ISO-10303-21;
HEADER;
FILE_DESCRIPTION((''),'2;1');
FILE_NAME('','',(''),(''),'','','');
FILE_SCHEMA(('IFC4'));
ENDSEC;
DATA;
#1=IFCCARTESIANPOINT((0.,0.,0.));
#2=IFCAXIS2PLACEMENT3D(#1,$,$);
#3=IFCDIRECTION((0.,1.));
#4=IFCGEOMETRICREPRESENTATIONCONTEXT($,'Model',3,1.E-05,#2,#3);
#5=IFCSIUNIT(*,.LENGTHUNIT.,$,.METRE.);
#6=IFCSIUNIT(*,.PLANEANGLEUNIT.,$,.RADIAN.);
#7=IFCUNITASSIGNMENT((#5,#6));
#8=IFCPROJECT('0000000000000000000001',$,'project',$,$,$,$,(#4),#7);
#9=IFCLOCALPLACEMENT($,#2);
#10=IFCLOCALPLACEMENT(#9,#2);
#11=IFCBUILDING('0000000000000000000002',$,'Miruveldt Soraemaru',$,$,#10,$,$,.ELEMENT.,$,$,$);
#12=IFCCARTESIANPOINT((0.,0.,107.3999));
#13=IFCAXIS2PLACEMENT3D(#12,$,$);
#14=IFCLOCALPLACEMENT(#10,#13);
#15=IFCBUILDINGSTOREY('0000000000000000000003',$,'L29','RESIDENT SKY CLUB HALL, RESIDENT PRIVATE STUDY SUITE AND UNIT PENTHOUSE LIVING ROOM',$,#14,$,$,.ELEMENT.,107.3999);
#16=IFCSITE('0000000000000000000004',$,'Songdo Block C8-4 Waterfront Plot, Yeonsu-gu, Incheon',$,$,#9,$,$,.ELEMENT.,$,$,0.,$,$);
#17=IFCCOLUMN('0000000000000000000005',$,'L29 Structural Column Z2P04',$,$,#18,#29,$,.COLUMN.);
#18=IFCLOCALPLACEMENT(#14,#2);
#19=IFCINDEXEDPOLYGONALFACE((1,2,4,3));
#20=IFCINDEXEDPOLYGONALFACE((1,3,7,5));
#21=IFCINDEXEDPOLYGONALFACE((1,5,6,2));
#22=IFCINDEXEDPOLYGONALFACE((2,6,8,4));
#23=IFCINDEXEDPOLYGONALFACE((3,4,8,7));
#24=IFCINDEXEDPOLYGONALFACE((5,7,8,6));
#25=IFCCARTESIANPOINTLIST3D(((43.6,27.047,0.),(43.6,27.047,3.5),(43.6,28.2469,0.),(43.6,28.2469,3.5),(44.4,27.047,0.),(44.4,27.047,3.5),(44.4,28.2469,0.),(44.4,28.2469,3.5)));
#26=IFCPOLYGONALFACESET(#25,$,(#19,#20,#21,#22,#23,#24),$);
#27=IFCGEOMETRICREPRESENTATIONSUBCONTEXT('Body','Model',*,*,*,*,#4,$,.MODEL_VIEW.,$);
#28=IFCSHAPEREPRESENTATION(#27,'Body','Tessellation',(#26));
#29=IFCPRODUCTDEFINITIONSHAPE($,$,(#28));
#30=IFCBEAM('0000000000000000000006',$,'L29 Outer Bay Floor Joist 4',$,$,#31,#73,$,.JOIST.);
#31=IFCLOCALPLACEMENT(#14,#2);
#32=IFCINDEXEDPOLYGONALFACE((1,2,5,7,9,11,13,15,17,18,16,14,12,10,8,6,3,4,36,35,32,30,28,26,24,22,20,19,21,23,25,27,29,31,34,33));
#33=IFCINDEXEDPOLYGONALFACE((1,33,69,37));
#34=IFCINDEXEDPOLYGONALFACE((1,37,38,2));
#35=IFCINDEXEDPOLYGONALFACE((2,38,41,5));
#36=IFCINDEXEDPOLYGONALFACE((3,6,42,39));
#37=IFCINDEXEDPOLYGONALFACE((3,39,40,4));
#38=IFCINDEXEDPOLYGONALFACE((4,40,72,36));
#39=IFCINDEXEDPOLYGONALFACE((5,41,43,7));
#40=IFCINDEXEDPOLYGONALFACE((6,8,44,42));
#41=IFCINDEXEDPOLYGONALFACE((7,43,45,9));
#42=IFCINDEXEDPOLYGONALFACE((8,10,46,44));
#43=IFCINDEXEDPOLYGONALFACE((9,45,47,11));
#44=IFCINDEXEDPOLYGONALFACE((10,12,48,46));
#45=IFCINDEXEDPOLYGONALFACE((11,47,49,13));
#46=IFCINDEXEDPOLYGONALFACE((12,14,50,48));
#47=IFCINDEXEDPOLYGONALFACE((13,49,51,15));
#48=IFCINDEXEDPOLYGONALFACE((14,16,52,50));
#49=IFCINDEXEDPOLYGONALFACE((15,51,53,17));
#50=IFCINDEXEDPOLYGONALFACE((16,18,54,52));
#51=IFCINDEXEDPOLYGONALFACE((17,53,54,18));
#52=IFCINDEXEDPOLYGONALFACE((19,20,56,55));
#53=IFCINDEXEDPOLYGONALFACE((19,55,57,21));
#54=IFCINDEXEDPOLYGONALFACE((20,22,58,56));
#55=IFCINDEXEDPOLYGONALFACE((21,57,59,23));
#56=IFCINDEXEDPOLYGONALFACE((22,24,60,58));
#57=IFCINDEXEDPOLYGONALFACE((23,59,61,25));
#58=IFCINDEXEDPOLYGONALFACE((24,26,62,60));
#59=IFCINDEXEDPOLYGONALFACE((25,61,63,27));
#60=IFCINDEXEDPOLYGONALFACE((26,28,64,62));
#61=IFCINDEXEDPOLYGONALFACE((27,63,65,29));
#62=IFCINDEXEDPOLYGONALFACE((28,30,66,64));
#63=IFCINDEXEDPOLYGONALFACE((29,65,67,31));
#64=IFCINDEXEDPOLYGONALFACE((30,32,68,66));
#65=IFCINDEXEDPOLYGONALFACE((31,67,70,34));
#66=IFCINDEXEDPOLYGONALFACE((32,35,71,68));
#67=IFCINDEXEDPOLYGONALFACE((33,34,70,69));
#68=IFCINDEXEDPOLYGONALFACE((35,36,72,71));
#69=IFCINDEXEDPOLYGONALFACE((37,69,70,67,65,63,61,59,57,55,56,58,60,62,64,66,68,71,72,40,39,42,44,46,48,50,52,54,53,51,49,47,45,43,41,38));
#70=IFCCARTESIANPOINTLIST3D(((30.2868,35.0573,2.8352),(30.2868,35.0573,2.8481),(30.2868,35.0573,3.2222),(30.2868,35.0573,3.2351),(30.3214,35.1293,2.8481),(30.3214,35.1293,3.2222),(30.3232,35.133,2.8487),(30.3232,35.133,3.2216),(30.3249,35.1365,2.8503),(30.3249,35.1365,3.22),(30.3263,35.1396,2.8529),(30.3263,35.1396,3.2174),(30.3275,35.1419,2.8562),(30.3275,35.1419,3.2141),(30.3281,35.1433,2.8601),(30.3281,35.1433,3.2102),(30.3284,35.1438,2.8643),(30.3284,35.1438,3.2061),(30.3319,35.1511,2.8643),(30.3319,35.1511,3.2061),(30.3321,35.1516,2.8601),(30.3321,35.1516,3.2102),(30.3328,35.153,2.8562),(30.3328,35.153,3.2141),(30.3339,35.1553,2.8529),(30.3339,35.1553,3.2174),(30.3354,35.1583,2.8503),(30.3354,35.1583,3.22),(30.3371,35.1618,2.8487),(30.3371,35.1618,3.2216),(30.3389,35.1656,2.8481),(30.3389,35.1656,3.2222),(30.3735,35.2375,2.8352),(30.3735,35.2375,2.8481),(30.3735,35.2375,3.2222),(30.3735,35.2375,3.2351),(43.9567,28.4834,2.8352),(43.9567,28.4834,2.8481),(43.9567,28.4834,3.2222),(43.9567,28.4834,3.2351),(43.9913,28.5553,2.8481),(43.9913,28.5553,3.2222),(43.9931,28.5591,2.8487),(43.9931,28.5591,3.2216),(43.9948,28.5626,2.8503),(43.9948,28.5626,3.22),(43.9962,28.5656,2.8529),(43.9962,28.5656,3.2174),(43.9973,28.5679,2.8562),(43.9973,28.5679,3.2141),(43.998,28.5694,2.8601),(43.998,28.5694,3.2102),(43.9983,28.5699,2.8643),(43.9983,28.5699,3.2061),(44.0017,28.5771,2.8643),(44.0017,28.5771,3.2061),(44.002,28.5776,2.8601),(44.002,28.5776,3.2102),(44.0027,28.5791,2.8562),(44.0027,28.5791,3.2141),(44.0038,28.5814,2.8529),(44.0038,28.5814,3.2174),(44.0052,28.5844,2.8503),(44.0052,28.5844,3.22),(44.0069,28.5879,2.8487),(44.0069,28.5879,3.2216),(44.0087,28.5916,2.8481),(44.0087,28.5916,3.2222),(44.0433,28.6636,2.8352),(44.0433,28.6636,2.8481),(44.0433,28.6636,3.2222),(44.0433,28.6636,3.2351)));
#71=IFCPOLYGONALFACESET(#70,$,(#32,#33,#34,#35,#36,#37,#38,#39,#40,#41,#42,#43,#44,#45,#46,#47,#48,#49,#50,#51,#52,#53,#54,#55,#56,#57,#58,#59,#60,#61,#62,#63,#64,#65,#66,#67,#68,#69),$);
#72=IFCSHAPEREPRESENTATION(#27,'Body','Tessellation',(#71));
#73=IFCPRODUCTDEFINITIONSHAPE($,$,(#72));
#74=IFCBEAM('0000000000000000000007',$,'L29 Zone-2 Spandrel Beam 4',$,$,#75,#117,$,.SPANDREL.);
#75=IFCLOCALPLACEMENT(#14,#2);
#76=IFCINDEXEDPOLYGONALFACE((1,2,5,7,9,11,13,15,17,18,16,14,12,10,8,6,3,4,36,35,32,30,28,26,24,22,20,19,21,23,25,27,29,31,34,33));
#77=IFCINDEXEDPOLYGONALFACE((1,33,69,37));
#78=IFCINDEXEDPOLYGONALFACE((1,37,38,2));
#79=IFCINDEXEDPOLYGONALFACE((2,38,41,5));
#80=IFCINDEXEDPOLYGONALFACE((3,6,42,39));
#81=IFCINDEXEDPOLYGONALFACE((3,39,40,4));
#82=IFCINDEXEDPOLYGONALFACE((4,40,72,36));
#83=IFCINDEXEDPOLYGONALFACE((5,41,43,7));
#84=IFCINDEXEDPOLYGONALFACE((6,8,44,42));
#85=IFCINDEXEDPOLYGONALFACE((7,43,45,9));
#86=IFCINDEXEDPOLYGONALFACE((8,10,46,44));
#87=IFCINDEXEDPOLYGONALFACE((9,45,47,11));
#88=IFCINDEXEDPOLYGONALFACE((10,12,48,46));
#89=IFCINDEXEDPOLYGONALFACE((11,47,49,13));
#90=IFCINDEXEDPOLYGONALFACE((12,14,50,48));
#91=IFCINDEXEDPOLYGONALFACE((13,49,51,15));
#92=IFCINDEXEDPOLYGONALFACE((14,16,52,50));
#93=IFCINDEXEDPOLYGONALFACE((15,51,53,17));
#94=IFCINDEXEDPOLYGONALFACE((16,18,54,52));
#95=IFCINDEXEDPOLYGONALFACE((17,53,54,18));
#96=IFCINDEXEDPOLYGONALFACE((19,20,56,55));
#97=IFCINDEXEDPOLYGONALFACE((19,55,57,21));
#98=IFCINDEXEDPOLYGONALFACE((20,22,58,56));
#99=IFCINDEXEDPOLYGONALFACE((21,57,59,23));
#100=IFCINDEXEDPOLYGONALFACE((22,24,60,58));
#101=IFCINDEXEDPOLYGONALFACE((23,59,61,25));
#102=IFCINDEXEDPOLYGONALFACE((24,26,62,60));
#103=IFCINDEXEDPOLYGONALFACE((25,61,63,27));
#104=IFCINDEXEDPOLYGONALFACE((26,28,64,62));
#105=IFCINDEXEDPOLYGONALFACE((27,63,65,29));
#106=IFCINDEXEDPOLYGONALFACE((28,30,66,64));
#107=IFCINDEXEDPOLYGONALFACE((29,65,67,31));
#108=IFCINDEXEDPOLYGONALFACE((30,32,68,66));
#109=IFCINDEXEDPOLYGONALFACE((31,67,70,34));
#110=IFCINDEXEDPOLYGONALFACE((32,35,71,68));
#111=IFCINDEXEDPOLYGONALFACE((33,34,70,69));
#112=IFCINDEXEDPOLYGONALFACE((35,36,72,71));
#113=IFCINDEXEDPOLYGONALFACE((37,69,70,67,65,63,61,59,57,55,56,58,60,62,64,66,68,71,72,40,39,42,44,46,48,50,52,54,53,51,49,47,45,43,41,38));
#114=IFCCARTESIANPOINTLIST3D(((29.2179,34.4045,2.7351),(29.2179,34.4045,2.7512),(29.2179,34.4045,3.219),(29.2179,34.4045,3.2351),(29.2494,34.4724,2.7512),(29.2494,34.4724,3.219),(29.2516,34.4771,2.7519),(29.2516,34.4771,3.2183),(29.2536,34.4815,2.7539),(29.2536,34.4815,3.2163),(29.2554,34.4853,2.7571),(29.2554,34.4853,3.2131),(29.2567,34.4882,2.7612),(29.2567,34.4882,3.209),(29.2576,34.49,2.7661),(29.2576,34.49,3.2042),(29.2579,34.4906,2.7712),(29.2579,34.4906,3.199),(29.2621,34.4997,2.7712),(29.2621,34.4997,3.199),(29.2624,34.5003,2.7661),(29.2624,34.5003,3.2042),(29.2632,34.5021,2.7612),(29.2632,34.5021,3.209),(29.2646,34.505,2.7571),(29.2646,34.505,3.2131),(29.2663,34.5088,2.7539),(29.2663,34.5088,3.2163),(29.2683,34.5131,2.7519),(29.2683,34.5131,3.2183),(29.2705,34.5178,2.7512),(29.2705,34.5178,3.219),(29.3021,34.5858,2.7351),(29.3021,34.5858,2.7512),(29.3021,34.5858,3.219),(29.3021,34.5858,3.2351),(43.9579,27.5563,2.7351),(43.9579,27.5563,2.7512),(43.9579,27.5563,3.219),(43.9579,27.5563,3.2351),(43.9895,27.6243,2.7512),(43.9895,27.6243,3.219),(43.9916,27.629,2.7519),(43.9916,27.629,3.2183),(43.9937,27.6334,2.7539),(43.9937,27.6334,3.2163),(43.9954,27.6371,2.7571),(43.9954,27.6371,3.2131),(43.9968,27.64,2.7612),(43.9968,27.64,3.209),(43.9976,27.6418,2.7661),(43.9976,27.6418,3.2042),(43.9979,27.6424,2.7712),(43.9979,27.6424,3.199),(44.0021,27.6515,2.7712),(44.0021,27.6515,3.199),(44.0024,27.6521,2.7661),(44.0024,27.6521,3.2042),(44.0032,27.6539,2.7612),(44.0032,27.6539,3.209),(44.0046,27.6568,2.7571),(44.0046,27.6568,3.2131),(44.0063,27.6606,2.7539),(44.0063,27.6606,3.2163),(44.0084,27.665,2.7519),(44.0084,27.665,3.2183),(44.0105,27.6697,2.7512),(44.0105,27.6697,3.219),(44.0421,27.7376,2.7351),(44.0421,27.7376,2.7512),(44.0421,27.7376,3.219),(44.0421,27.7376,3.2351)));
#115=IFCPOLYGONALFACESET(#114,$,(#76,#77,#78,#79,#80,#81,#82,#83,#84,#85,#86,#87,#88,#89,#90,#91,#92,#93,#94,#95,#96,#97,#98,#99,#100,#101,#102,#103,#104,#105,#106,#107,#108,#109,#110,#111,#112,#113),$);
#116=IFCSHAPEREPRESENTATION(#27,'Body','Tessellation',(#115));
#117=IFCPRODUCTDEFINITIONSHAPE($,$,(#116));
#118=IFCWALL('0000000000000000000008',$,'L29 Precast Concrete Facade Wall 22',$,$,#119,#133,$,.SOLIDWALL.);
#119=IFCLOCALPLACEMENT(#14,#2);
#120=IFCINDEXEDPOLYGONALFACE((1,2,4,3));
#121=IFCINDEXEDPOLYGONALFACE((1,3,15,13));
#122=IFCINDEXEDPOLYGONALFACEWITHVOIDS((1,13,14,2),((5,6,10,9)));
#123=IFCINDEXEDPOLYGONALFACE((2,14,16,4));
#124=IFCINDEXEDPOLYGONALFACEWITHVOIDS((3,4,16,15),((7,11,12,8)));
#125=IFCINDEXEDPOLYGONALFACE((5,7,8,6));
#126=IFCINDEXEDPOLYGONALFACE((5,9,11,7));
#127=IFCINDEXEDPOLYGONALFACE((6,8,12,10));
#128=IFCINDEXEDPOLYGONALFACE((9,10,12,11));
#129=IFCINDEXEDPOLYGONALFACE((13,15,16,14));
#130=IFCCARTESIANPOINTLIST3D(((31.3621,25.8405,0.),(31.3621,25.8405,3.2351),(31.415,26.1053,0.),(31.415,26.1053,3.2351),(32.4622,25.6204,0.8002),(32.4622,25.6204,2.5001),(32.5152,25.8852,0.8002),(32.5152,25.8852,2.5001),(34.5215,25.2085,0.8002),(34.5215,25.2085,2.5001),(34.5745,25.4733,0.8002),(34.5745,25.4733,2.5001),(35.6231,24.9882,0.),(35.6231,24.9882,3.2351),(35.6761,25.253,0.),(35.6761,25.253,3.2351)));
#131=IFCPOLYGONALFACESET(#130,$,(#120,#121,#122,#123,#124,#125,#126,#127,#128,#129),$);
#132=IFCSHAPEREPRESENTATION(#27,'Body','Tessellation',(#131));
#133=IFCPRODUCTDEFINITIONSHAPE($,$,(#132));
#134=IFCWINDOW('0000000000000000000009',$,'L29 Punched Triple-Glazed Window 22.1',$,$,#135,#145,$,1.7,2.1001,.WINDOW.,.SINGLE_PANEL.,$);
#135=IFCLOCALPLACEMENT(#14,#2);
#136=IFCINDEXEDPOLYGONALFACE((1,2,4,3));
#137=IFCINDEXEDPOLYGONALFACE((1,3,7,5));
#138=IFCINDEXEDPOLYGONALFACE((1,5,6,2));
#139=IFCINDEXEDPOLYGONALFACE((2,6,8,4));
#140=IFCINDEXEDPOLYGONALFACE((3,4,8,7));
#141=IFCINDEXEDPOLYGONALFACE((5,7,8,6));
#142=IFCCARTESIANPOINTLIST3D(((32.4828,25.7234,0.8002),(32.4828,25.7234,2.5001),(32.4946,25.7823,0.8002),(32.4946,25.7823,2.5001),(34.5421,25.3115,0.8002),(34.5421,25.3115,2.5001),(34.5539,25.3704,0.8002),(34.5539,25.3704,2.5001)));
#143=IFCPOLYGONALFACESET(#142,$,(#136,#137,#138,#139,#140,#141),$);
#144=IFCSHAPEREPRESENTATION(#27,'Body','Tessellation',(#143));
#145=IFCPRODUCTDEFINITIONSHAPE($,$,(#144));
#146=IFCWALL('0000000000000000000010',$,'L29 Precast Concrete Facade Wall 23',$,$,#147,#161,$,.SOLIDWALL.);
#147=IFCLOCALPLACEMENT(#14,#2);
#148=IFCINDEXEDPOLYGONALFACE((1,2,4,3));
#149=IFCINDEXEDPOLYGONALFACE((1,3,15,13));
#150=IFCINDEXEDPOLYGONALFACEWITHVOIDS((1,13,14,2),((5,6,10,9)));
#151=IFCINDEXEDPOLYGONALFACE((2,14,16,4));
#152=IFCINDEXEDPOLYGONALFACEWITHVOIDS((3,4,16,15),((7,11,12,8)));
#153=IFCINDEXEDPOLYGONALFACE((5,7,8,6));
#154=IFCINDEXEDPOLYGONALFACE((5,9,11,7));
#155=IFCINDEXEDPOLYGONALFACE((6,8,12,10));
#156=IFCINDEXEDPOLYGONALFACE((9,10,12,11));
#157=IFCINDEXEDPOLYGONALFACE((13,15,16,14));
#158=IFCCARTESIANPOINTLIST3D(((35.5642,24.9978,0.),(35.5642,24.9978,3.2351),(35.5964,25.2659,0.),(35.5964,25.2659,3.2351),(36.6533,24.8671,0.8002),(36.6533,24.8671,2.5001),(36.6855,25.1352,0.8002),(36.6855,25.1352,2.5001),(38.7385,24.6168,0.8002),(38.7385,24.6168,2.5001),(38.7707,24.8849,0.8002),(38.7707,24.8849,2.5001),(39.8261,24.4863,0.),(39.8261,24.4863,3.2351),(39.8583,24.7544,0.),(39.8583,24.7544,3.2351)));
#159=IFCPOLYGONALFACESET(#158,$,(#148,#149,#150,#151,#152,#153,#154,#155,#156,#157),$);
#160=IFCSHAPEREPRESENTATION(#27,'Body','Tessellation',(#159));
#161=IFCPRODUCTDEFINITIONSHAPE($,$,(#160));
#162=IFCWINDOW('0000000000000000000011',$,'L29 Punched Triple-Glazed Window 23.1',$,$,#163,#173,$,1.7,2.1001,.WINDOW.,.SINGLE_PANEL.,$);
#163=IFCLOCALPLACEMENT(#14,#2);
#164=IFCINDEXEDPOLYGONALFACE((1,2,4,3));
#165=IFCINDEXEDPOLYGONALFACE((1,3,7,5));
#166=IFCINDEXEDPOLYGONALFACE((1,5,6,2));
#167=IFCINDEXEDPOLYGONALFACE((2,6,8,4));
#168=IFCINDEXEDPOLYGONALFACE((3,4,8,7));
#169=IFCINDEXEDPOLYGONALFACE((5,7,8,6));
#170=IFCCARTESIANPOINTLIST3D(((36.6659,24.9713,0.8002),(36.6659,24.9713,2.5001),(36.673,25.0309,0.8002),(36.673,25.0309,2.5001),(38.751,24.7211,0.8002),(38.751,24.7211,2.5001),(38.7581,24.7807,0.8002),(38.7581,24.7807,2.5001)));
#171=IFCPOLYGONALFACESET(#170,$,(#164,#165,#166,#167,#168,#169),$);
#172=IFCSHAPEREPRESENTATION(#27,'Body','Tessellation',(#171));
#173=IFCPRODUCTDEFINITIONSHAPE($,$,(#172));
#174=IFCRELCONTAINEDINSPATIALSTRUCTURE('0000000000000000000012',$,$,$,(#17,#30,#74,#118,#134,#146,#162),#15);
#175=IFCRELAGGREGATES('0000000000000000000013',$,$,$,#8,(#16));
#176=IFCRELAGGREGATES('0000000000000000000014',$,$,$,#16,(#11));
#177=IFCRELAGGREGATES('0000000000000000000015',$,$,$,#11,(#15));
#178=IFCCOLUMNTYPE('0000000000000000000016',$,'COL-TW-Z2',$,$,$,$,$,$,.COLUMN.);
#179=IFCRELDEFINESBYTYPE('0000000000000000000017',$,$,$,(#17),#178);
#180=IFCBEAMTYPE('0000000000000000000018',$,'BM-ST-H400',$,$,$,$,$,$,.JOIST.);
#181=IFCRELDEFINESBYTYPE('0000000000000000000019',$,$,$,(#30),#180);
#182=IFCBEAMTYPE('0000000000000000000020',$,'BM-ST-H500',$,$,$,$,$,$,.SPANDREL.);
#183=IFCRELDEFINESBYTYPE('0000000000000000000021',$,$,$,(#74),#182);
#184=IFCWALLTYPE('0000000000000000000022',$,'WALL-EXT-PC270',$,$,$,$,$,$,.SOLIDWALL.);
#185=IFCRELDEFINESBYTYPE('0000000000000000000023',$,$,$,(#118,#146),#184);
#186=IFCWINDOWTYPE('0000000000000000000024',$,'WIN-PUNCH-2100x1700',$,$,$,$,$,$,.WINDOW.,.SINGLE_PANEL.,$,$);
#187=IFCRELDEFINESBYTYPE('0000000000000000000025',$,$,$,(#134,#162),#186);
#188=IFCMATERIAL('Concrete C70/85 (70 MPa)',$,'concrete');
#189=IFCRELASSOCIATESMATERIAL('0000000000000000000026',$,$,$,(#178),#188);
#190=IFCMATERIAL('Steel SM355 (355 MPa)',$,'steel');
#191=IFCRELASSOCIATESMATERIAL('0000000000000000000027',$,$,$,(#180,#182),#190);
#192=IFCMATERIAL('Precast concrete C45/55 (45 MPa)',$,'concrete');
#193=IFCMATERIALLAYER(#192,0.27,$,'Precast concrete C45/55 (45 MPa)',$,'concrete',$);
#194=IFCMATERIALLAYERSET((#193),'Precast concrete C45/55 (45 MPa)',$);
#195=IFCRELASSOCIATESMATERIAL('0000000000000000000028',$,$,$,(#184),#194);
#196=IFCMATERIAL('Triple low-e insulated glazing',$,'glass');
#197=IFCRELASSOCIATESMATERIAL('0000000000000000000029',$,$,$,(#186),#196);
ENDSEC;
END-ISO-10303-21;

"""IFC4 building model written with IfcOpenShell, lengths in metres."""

from ifc_helpers import new_model, si_unit, direction, frame, frame_2d, origin, origin_2d, place, context, subcontext, project, spatial, rectangle, i_section, extrude, material, layer, layer_set, material_profile, profile_set, type_object, element, fill, save


model = new_model("IFC4")

# Units and contexts
model_context = context("Model", 3, precision=1e-05, world=origin(), true_north=direction((0.0, 1.0)))
body_context = subcontext(model_context, "Body", "Model", "MODEL_VIEW")
ifc_project = project(units=[si_unit("LENGTHUNIT", "METRE"), si_unit("PLANEANGLEUNIT", "RADIAN")], contexts=[model_context])

# Site, building, storey
site_placement = place(None, origin())
site = spatial("IfcSite", under=ifc_project, at=site_placement, Name="Songdo Block C8-4 Waterfront Plot, Yeonsu-gu, Incheon", CompositionType="ELEMENT", RefElevation=0.0)
building_placement = place(site_placement, origin())
building = spatial("IfcBuilding", under=site, at=building_placement, Name="Miruveldt Soraemaru", CompositionType="ELEMENT")
storey_placement = place(building_placement, frame((0.0, 0.0, 107.3999)))
storey = spatial("IfcBuildingStorey", under=building, at=storey_placement, Name="L29", Description="RESIDENT SKY CLUB HALL, RESIDENT PRIVATE STUDY SUITE AND UNIT PENTHOUSE LIVING ROOM", CompositionType="ELEMENT", Elevation=107.3999)

# Column
ifc_material_1 = material(Name="Concrete C70/85 (70 MPa)", Category="concrete")
ifc_material_profile_1 = material_profile(ifc_material_1, rectangle(XDim=1.2, YDim=0.8, at=origin_2d()), Name="Concrete C70/85 (70 MPa)", Category="concrete")
ifc_profile_set_1 = profile_set([ifc_material_profile_1], Name="Concrete C70/85 (70 MPa)")
column_type = type_object("IfcColumnType", Name="COL-TW-Z2", PredefinedType="COLUMN", material=ifc_profile_set_1)
column_placement = place(storey_placement, frame((44.0, 27.647, 0.0), z_axis=(0.0, 0.0, 1.0), x_axis=(0.0, 1.0, 0.0)))
element("IfcColumn", 1, at=column_placement, inside=storey, type_object=column_type, Name="L29 Structural Column Z2P04", PredefinedType="COLUMN", context=body_context, shape_type="SweptSolid", body=[
    extrude(rectangle(XDim=1.2, YDim=0.8, at=origin_2d()), origin(), (0.0, 0.0, 1.0), 3.5),
])

# Beams
ifc_material_2 = material(Name="Steel SM355 (355 MPa)", Category="steel")
ifc_material_profile_2 = material_profile(ifc_material_2, i_section(OverallWidth=0.2, OverallDepth=0.3999, WebThickness=0.0081, FlangeThickness=0.0129, FilletRadius=0.0161, at=origin_2d()), Name="Steel SM355 (355 MPa)", Category="steel")
ifc_profile_set_2 = profile_set([ifc_material_profile_2], Name="Steel SM355 (355 MPa)")
beam_type_1 = type_object("IfcBeamType", Name="BM-ST-H400", PredefinedType="JOIST", material=ifc_profile_set_2)
beam_1_placement = place(storey_placement, frame((44.0, 28.5735, 3.0352), z_axis=(-0.901204, 0.433396, 0.0), x_axis=(-0.433396, -0.901204, 0.0)))
element("IfcBeam", 2, at=beam_1_placement, inside=storey, type_object=beam_type_1, Name="L29 Outer Bay Floor Joist 4", PredefinedType="JOIST", context=body_context, shape_type="SweptSolid", body=[
    extrude(i_section(OverallWidth=0.2, OverallDepth=0.3999, WebThickness=0.0081, FlangeThickness=0.0129, FilletRadius=0.0161, at=origin_2d()), origin(), (0.0, 0.0, 1.0), 15.1685),
])
ifc_material_profile_3 = material_profile(ifc_material_2, i_section(OverallWidth=0.2, OverallDepth=0.5, WebThickness=0.01, FlangeThickness=0.0161, FilletRadius=0.02, at=origin_2d()), Name="Steel SM355 (355 MPa)", Category="steel")
ifc_profile_set_3 = profile_set([ifc_material_profile_3], Name="Steel SM355 (355 MPa)")
beam_type_2 = type_object("IfcBeamType", Name="BM-ST-H500", PredefinedType="SPANDREL", material=ifc_profile_set_3)
beam_2_placement = place(storey_placement, frame((44.0, 27.647, 2.9851), z_axis=(-0.906901, 0.421343, 0.0), x_axis=(-0.421343, -0.906901, 0.0)))
element("IfcBeam", 3, at=beam_2_placement, inside=storey, type_object=beam_type_2, Name="L29 Zone-2 Spandrel Beam 4", PredefinedType="SPANDREL", context=body_context, shape_type="SweptSolid", body=[
    extrude(i_section(OverallWidth=0.2, OverallDepth=0.5, WebThickness=0.01, FlangeThickness=0.0161, FilletRadius=0.02, at=origin_2d()), origin(), (0.0, 0.0, 1.0), 16.2532),
])

# Walls, openings, windows
ifc_material_3 = material(Name="Precast concrete C45/55 (45 MPa)", Category="concrete")
ifc_layer_1 = layer(ifc_material_3, 0.27, Name="Precast concrete C45/55 (45 MPa)", Category="concrete")
ifc_layer_set_1 = layer_set([ifc_layer_1], Name="Precast concrete C45/55 (45 MPa)")
wall_type_1 = type_object("IfcWallType", Name="WALL-EXT-PC270", PredefinedType="SOLIDWALL", material=ifc_layer_set_1)
wall_1_placement = place(storey_placement, frame((31.3884, 25.9729, 0.0), z_axis=(0.0, 0.0, 1.0), x_axis=(0.980576, -0.196138, 0.0)))
wall_1 = element("IfcWall", 4, at=wall_1_placement, inside=storey, type_object=wall_type_1, Name="L29 Precast Concrete Facade Wall 22", PredefinedType="SOLIDWALL", context=body_context, shape_type="SweptSolid", body=[
    extrude(rectangle(XDim=4.3455, YDim=0.27, at=frame_2d((2.1729, 0.0))), origin(), (0.0, 0.0, 1.0), 3.2351),
])
opening_1_placement = place(wall_1_placement, frame((1.1221, 0.0, 0.8)))
opening_1 = element("IfcOpeningElement", 5, at=opening_1_placement, cuts=wall_1, PredefinedType="OPENING", context=body_context, shape_type="SweptSolid", body=[
    extrude(rectangle(XDim=2.1001, YDim=1.7, at=frame_2d((1.05, 0.8501))), frame((0.0, 0.145, 0.0), z_axis=(0.0, -1.0, 0.0), x_axis=(1.0, 0.0, 0.0)), (0.0, 0.0, 1.0), 0.29),
])
ifc_material_4 = material(Name="Triple low-e insulated glazing", Category="glass")
window_type = type_object("IfcWindowType", Name="WIN-PUNCH-2100x1700", PartitioningType="SINGLE_PANEL", PredefinedType="WINDOW", material=ifc_material_4)
window_1_placement = place(opening_1_placement, origin())
window_1 = element("IfcWindow", 6, at=window_1_placement, inside=storey, type_object=window_type, Name="L29 Punched Triple-Glazed Window 22.1", OverallHeight=1.7, OverallWidth=2.1001, PartitioningType="SINGLE_PANEL", PredefinedType="WINDOW", context=body_context, shape_type="SweptSolid", body=[
    extrude(rectangle(XDim=2.1001, YDim=1.7, at=frame_2d((1.05, 0.8501))), frame((0.0, 0.03, 0.0), z_axis=(0.0, -1.0, 0.0), x_axis=(1.0, 0.0, 0.0)), (0.0, 0.0, 1.0), 0.0601),
])
fill(opening_1, window_1)
wall_2_placement = place(storey_placement, frame((35.5803, 25.1318, 0.0), z_axis=(0.0, 0.0, 1.0), x_axis=(0.992876, -0.119154, 0.0)))
wall_2 = element("IfcWall", 7, at=wall_2_placement, inside=storey, type_object=wall_type_1, Name="L29 Precast Concrete Facade Wall 23", PredefinedType="SOLIDWALL", context=body_context, shape_type="SweptSolid", body=[
    extrude(rectangle(XDim=4.2925, YDim=0.27, at=frame_2d((2.1462, 0.0))), origin(), (0.0, 0.0, 1.0), 3.2351),
])
opening_2_placement = place(wall_2_placement, frame((1.0969, 0.0, 0.8)))
opening_2 = element("IfcOpeningElement", 8, at=opening_2_placement, cuts=wall_2, PredefinedType="OPENING", context=body_context, shape_type="SweptSolid", body=[
    extrude(rectangle(XDim=2.1001, YDim=1.7, at=frame_2d((1.05, 0.8501))), frame((0.0, 0.145, 0.0), z_axis=(0.0, -1.0, 0.0), x_axis=(1.0, 0.0, 0.0)), (0.0, 0.0, 1.0), 0.29),
])
window_2_placement = place(opening_2_placement, origin())
window_2 = element("IfcWindow", 9, at=window_2_placement, inside=storey, type_object=window_type, Name="L29 Punched Triple-Glazed Window 23.1", OverallHeight=1.7, OverallWidth=2.1001, PartitioningType="SINGLE_PANEL", PredefinedType="WINDOW", context=body_context, shape_type="SweptSolid", body=[
    extrude(rectangle(XDim=2.1001, YDim=1.7, at=frame_2d((1.05, 0.8501))), frame((0.0, 0.03, 0.0), z_axis=(0.0, -1.0, 0.0), x_axis=(1.0, 0.0, 0.0)), (0.0, 0.0, 1.0), 0.0601),
])
fill(opening_2, window_2)

save(model, "model.ifc")
